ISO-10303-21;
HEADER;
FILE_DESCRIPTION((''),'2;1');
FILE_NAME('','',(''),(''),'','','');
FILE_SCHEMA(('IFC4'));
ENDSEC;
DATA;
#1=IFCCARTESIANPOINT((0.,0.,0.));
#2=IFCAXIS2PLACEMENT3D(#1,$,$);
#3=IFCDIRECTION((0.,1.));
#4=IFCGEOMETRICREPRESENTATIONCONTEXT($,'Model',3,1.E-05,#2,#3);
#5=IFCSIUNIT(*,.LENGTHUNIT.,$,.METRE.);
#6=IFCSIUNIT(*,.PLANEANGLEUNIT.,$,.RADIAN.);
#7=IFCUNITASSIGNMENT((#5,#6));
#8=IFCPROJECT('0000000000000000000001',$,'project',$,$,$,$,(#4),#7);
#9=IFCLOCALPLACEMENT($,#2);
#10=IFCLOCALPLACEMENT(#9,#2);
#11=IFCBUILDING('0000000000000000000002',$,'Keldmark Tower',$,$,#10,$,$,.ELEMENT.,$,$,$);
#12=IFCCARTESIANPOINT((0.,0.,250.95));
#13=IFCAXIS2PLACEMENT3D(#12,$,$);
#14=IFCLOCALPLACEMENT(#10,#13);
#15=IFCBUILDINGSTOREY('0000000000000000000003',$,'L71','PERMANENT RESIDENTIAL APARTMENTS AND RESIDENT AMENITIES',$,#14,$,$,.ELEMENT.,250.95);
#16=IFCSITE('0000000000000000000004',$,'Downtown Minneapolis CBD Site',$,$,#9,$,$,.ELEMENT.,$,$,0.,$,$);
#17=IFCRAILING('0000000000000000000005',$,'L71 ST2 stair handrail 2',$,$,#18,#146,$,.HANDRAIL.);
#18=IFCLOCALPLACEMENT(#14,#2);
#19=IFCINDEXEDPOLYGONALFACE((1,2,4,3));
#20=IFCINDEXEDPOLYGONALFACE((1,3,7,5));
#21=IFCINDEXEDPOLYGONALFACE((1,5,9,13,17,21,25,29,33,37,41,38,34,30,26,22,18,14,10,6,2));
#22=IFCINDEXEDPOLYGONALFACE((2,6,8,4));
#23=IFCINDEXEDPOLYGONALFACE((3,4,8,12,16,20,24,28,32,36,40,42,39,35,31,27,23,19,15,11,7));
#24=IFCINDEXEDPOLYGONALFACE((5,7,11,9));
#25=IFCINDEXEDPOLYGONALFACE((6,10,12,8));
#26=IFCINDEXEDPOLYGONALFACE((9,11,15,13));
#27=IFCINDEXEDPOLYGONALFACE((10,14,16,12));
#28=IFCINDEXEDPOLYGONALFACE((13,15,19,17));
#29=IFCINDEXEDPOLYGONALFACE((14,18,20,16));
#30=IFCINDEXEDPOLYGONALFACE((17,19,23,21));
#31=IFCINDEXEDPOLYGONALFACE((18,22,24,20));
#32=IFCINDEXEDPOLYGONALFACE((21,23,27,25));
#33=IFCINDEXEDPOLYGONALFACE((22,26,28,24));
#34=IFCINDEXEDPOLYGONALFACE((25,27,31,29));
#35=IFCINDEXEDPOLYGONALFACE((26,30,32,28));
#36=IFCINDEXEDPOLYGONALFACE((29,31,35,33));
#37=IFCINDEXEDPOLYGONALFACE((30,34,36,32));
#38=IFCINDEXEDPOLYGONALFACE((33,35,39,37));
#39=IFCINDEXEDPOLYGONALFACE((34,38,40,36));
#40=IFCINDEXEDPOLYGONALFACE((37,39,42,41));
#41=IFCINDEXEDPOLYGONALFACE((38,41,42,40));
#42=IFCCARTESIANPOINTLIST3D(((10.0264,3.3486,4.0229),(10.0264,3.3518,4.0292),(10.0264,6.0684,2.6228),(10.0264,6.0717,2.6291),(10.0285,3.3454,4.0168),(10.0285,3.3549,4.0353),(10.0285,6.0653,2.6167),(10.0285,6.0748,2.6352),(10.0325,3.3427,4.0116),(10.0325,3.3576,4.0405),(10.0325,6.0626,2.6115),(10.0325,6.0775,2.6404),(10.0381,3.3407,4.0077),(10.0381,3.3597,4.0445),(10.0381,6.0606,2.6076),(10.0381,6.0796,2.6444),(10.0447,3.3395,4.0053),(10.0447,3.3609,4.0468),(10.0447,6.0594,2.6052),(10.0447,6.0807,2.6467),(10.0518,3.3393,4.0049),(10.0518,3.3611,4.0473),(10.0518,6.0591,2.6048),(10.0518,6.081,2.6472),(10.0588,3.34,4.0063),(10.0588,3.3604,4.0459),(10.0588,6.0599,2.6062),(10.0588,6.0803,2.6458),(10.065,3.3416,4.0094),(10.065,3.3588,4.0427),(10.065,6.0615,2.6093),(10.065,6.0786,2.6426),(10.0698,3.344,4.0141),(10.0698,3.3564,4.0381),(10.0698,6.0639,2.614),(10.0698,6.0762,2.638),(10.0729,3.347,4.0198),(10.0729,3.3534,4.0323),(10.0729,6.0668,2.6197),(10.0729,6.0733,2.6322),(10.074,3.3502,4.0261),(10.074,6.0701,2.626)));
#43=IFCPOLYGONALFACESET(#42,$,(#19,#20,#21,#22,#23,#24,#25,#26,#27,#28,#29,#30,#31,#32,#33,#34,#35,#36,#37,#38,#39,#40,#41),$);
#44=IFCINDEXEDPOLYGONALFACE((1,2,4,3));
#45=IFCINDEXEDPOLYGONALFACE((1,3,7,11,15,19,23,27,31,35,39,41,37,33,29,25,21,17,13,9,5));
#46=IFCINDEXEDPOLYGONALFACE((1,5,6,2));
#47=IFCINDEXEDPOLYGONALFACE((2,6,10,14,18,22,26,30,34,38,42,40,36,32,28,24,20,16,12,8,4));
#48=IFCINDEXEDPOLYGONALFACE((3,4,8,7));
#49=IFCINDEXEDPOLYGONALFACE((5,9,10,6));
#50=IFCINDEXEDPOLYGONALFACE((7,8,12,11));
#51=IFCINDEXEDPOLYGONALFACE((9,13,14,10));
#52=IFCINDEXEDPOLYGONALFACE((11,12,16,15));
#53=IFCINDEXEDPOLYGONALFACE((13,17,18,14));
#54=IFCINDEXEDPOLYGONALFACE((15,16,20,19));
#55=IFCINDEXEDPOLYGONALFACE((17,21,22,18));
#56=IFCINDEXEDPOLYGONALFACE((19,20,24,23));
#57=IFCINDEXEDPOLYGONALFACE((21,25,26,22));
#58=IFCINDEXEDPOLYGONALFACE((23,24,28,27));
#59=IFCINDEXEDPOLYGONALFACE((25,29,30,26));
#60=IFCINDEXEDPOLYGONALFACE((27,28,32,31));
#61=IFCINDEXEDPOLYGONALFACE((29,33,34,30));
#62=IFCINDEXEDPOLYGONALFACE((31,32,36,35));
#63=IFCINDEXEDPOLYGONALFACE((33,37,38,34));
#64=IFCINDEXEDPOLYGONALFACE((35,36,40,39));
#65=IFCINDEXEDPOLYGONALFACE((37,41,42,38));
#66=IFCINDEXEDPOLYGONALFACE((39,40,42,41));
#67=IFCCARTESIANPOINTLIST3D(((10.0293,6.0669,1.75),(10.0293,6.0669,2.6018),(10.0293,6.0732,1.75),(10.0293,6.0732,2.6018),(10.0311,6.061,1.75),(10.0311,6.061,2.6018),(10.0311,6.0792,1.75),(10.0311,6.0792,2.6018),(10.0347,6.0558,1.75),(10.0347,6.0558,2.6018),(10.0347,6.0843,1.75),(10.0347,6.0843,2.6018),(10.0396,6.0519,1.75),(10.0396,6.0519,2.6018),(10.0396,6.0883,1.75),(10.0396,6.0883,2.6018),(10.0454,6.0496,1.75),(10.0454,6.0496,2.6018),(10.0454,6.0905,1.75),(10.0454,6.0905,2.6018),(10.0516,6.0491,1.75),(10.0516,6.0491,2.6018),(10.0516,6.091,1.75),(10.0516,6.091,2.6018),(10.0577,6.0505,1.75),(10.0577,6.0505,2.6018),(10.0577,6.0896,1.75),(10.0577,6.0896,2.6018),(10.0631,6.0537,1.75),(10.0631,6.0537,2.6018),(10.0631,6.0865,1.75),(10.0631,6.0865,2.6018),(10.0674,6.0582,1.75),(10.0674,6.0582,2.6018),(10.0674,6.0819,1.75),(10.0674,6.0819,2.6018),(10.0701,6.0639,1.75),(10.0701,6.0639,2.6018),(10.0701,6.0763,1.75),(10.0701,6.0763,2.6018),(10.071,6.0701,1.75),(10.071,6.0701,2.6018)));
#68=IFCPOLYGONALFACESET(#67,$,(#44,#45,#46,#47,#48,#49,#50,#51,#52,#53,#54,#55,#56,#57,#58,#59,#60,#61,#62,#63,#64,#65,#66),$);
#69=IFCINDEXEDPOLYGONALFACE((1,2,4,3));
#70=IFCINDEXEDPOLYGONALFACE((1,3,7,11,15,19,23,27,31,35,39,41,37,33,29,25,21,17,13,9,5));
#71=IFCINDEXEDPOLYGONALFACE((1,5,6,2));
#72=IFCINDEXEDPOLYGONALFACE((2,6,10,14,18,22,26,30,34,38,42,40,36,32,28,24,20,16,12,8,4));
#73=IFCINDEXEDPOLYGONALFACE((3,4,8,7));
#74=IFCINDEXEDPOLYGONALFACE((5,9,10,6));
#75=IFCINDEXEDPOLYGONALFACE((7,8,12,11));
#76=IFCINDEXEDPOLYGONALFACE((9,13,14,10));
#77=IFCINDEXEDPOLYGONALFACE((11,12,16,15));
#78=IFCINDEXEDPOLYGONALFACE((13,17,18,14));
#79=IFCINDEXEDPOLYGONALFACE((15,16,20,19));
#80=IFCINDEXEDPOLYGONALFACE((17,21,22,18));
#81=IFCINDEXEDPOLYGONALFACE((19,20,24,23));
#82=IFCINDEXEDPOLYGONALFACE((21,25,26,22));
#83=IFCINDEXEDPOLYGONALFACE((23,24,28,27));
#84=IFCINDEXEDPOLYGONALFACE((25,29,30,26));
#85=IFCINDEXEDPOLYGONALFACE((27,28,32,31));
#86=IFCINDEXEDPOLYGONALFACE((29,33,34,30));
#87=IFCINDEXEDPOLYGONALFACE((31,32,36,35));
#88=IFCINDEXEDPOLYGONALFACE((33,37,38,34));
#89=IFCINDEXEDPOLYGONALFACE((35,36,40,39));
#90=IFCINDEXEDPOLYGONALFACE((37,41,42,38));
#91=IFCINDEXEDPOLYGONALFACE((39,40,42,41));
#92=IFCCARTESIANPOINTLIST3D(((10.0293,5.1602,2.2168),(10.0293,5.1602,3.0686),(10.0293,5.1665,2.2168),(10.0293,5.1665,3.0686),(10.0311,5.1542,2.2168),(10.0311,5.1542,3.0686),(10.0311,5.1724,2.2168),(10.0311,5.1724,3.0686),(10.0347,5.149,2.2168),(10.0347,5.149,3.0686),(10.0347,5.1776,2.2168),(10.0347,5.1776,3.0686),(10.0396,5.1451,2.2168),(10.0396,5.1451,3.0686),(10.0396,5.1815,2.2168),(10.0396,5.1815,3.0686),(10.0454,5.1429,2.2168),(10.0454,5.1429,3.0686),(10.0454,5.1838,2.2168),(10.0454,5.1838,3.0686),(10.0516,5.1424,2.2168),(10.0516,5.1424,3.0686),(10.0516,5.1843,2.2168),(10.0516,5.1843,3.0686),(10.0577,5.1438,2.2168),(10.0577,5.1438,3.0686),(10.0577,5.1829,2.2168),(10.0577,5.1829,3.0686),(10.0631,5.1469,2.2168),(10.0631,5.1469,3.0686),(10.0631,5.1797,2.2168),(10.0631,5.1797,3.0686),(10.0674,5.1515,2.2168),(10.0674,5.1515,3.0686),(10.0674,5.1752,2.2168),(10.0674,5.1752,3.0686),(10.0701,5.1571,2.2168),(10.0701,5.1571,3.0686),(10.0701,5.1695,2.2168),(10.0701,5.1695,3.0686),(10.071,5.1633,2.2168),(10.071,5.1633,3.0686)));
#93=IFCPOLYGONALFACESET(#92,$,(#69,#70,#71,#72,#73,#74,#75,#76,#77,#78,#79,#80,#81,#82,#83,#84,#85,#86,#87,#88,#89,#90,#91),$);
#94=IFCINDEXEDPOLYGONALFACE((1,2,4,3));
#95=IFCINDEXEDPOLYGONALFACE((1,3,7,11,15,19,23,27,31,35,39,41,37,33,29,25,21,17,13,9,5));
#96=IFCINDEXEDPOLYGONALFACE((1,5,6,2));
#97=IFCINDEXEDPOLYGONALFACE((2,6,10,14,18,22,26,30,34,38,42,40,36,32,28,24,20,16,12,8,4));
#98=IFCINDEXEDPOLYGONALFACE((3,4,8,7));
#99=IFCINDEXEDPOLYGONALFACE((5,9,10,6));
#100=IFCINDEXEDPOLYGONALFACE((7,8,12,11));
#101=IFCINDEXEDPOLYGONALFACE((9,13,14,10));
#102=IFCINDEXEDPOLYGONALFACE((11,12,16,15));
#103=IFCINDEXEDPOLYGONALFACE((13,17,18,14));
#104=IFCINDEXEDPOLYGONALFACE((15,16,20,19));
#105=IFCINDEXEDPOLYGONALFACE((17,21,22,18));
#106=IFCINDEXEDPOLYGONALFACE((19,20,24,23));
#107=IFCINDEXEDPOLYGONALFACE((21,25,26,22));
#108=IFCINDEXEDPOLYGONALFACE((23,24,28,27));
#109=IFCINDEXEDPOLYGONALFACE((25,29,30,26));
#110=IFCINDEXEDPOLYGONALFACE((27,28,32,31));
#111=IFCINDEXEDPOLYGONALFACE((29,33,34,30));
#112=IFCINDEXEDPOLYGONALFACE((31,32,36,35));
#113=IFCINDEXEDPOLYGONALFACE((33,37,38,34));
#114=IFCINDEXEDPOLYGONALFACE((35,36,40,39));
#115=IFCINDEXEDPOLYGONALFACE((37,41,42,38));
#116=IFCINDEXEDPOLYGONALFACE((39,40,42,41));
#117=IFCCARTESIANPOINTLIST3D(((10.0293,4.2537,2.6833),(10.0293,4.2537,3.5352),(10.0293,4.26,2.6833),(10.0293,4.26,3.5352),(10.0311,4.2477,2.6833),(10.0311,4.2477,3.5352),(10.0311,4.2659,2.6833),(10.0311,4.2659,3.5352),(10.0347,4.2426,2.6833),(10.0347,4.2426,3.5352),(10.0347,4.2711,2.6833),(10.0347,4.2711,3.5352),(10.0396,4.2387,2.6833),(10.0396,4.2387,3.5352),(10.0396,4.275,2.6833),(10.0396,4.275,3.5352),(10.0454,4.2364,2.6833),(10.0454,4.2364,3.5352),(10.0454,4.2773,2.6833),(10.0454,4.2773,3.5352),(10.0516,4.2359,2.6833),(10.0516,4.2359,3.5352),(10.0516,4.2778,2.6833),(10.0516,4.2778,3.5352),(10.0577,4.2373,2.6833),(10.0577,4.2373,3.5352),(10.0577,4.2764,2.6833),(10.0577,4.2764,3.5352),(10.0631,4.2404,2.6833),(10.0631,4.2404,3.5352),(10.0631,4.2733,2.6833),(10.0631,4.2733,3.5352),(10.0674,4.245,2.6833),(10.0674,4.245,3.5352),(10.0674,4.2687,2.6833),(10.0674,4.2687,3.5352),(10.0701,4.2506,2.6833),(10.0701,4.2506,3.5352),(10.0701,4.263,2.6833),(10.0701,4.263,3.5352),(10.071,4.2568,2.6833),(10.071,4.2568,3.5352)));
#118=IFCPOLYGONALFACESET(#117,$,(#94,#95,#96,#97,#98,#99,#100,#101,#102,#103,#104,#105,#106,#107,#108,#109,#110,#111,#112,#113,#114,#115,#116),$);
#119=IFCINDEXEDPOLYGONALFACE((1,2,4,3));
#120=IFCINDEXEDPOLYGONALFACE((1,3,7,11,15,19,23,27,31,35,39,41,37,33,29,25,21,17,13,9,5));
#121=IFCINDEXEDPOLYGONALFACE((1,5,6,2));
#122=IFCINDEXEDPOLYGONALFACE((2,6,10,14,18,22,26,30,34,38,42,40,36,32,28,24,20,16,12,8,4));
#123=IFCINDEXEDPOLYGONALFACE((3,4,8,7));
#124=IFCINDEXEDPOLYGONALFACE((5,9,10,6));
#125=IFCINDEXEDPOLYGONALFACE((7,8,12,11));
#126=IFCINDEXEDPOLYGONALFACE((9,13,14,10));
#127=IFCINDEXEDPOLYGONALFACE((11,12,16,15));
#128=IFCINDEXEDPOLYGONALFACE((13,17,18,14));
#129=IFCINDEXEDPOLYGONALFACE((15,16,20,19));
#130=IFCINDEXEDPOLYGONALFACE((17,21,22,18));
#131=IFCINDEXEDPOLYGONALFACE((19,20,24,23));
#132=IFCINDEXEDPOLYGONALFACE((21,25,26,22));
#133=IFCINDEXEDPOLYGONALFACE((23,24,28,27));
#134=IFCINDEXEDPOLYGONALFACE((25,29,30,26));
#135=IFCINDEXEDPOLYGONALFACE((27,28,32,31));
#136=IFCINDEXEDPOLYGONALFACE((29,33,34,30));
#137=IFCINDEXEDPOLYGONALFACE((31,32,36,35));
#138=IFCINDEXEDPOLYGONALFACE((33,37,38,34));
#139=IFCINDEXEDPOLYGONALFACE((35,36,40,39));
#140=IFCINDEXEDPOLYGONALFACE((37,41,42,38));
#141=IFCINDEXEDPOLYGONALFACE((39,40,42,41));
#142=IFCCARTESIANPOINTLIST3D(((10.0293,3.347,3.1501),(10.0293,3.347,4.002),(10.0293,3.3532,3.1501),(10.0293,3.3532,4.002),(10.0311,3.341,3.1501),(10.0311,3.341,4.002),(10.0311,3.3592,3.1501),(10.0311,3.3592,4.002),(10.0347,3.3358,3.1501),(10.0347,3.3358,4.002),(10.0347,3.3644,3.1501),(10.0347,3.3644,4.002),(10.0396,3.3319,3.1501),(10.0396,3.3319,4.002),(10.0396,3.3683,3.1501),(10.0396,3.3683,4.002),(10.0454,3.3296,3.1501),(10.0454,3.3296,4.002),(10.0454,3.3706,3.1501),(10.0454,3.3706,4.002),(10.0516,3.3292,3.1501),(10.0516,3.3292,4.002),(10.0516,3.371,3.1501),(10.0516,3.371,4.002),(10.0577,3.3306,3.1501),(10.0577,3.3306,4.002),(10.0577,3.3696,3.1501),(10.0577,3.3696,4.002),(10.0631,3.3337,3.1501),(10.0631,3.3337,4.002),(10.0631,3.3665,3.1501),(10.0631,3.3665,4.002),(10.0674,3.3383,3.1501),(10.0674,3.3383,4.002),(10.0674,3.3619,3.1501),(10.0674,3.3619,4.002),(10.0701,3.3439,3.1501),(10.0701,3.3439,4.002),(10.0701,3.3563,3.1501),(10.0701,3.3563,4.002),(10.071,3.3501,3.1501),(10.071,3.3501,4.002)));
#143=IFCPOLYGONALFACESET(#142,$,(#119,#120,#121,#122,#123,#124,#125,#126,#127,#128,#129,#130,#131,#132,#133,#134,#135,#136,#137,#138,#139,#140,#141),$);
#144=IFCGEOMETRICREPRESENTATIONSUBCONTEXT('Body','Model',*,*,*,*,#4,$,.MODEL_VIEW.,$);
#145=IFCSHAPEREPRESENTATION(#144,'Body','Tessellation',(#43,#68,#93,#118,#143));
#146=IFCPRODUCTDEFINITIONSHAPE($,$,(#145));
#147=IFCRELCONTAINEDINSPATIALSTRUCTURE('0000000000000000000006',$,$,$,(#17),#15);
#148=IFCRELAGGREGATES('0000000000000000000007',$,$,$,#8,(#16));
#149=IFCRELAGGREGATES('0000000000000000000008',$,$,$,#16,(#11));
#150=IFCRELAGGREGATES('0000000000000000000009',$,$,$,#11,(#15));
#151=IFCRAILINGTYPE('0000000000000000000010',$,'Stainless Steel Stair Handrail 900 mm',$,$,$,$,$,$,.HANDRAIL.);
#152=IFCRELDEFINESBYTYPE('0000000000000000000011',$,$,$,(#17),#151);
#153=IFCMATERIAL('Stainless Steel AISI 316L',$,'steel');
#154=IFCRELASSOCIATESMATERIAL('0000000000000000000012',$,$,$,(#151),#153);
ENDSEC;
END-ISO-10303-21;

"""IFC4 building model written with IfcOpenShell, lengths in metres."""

from ifc_helpers import new_model, si_unit, direction, frame, origin, origin_2d, place, context, subcontext, project, spatial, circle, extrude, material, type_object, element, save


model = new_model("IFC4")

# Units and contexts
model_context = context("Model", 3, precision=1e-05, world=origin(), true_north=direction((0.0, 1.0)))
body_context = subcontext(model_context, "Body", "Model", "MODEL_VIEW")
ifc_project = project(units=[si_unit("LENGTHUNIT", "METRE"), si_unit("PLANEANGLEUNIT", "RADIAN")], contexts=[model_context])

# Site, building, storey
site_placement = place(None, origin())
site = spatial("IfcSite", under=ifc_project, at=site_placement, Name="Downtown Minneapolis CBD Site", CompositionType="ELEMENT", RefElevation=0.0)
building_placement = place(site_placement, origin())
building = spatial("IfcBuilding", under=site, at=building_placement, Name="Keldmark Tower", CompositionType="ELEMENT")
storey_placement = place(building_placement, frame((0.0, 0.0, 250.95)))
storey = spatial("IfcBuildingStorey", under=building, at=storey_placement, Name="L71", Description="PERMANENT RESIDENTIAL APARTMENTS AND RESIDENT AMENITIES", CompositionType="ELEMENT", Elevation=250.95)

# Railing
ifc_material_1 = material(Name="Stainless Steel AISI 316L", Category="steel")
railing_type = type_object("IfcRailingType", Name="Stainless Steel Stair Handrail 900 mm", PredefinedType="HANDRAIL", material=ifc_material_1)
railing_placement = place(storey_placement, frame((10.05, 6.0701, 1.75)))
element("IfcRailing", 1, at=railing_placement, inside=storey, type_object=railing_type, Name="L71 ST2 stair handrail 2", PredefinedType="HANDRAIL", context=body_context, shape_type="SweptSolid", body=[
    extrude(circle(Radius=0.0239, at=origin_2d()), frame((0.0, 0.0, 0.876), z_axis=(0.0, -0.889114, 0.457685), x_axis=(1.0, 0.0, 0.0)), (0.0, 0.0, 1.0), 3.0591),
    extrude(circle(Radius=0.021, at=origin_2d()), origin(), (0.0, 0.0, 1.0), 0.8518),
    extrude(circle(Radius=0.021, at=origin_2d()), frame((0.0, -0.9067, 0.4668)), (0.0, 0.0, 1.0), 0.8518),
    extrude(circle(Radius=0.021, at=origin_2d()), frame((0.0, -1.8132, 0.9333)), (0.0, 0.0, 1.0), 0.8518),
    extrude(circle(Radius=0.021, at=origin_2d()), frame((0.0, -2.72, 1.4001)), (0.0, 0.0, 1.0), 0.8518),
])

save(model, "model.ifc")
